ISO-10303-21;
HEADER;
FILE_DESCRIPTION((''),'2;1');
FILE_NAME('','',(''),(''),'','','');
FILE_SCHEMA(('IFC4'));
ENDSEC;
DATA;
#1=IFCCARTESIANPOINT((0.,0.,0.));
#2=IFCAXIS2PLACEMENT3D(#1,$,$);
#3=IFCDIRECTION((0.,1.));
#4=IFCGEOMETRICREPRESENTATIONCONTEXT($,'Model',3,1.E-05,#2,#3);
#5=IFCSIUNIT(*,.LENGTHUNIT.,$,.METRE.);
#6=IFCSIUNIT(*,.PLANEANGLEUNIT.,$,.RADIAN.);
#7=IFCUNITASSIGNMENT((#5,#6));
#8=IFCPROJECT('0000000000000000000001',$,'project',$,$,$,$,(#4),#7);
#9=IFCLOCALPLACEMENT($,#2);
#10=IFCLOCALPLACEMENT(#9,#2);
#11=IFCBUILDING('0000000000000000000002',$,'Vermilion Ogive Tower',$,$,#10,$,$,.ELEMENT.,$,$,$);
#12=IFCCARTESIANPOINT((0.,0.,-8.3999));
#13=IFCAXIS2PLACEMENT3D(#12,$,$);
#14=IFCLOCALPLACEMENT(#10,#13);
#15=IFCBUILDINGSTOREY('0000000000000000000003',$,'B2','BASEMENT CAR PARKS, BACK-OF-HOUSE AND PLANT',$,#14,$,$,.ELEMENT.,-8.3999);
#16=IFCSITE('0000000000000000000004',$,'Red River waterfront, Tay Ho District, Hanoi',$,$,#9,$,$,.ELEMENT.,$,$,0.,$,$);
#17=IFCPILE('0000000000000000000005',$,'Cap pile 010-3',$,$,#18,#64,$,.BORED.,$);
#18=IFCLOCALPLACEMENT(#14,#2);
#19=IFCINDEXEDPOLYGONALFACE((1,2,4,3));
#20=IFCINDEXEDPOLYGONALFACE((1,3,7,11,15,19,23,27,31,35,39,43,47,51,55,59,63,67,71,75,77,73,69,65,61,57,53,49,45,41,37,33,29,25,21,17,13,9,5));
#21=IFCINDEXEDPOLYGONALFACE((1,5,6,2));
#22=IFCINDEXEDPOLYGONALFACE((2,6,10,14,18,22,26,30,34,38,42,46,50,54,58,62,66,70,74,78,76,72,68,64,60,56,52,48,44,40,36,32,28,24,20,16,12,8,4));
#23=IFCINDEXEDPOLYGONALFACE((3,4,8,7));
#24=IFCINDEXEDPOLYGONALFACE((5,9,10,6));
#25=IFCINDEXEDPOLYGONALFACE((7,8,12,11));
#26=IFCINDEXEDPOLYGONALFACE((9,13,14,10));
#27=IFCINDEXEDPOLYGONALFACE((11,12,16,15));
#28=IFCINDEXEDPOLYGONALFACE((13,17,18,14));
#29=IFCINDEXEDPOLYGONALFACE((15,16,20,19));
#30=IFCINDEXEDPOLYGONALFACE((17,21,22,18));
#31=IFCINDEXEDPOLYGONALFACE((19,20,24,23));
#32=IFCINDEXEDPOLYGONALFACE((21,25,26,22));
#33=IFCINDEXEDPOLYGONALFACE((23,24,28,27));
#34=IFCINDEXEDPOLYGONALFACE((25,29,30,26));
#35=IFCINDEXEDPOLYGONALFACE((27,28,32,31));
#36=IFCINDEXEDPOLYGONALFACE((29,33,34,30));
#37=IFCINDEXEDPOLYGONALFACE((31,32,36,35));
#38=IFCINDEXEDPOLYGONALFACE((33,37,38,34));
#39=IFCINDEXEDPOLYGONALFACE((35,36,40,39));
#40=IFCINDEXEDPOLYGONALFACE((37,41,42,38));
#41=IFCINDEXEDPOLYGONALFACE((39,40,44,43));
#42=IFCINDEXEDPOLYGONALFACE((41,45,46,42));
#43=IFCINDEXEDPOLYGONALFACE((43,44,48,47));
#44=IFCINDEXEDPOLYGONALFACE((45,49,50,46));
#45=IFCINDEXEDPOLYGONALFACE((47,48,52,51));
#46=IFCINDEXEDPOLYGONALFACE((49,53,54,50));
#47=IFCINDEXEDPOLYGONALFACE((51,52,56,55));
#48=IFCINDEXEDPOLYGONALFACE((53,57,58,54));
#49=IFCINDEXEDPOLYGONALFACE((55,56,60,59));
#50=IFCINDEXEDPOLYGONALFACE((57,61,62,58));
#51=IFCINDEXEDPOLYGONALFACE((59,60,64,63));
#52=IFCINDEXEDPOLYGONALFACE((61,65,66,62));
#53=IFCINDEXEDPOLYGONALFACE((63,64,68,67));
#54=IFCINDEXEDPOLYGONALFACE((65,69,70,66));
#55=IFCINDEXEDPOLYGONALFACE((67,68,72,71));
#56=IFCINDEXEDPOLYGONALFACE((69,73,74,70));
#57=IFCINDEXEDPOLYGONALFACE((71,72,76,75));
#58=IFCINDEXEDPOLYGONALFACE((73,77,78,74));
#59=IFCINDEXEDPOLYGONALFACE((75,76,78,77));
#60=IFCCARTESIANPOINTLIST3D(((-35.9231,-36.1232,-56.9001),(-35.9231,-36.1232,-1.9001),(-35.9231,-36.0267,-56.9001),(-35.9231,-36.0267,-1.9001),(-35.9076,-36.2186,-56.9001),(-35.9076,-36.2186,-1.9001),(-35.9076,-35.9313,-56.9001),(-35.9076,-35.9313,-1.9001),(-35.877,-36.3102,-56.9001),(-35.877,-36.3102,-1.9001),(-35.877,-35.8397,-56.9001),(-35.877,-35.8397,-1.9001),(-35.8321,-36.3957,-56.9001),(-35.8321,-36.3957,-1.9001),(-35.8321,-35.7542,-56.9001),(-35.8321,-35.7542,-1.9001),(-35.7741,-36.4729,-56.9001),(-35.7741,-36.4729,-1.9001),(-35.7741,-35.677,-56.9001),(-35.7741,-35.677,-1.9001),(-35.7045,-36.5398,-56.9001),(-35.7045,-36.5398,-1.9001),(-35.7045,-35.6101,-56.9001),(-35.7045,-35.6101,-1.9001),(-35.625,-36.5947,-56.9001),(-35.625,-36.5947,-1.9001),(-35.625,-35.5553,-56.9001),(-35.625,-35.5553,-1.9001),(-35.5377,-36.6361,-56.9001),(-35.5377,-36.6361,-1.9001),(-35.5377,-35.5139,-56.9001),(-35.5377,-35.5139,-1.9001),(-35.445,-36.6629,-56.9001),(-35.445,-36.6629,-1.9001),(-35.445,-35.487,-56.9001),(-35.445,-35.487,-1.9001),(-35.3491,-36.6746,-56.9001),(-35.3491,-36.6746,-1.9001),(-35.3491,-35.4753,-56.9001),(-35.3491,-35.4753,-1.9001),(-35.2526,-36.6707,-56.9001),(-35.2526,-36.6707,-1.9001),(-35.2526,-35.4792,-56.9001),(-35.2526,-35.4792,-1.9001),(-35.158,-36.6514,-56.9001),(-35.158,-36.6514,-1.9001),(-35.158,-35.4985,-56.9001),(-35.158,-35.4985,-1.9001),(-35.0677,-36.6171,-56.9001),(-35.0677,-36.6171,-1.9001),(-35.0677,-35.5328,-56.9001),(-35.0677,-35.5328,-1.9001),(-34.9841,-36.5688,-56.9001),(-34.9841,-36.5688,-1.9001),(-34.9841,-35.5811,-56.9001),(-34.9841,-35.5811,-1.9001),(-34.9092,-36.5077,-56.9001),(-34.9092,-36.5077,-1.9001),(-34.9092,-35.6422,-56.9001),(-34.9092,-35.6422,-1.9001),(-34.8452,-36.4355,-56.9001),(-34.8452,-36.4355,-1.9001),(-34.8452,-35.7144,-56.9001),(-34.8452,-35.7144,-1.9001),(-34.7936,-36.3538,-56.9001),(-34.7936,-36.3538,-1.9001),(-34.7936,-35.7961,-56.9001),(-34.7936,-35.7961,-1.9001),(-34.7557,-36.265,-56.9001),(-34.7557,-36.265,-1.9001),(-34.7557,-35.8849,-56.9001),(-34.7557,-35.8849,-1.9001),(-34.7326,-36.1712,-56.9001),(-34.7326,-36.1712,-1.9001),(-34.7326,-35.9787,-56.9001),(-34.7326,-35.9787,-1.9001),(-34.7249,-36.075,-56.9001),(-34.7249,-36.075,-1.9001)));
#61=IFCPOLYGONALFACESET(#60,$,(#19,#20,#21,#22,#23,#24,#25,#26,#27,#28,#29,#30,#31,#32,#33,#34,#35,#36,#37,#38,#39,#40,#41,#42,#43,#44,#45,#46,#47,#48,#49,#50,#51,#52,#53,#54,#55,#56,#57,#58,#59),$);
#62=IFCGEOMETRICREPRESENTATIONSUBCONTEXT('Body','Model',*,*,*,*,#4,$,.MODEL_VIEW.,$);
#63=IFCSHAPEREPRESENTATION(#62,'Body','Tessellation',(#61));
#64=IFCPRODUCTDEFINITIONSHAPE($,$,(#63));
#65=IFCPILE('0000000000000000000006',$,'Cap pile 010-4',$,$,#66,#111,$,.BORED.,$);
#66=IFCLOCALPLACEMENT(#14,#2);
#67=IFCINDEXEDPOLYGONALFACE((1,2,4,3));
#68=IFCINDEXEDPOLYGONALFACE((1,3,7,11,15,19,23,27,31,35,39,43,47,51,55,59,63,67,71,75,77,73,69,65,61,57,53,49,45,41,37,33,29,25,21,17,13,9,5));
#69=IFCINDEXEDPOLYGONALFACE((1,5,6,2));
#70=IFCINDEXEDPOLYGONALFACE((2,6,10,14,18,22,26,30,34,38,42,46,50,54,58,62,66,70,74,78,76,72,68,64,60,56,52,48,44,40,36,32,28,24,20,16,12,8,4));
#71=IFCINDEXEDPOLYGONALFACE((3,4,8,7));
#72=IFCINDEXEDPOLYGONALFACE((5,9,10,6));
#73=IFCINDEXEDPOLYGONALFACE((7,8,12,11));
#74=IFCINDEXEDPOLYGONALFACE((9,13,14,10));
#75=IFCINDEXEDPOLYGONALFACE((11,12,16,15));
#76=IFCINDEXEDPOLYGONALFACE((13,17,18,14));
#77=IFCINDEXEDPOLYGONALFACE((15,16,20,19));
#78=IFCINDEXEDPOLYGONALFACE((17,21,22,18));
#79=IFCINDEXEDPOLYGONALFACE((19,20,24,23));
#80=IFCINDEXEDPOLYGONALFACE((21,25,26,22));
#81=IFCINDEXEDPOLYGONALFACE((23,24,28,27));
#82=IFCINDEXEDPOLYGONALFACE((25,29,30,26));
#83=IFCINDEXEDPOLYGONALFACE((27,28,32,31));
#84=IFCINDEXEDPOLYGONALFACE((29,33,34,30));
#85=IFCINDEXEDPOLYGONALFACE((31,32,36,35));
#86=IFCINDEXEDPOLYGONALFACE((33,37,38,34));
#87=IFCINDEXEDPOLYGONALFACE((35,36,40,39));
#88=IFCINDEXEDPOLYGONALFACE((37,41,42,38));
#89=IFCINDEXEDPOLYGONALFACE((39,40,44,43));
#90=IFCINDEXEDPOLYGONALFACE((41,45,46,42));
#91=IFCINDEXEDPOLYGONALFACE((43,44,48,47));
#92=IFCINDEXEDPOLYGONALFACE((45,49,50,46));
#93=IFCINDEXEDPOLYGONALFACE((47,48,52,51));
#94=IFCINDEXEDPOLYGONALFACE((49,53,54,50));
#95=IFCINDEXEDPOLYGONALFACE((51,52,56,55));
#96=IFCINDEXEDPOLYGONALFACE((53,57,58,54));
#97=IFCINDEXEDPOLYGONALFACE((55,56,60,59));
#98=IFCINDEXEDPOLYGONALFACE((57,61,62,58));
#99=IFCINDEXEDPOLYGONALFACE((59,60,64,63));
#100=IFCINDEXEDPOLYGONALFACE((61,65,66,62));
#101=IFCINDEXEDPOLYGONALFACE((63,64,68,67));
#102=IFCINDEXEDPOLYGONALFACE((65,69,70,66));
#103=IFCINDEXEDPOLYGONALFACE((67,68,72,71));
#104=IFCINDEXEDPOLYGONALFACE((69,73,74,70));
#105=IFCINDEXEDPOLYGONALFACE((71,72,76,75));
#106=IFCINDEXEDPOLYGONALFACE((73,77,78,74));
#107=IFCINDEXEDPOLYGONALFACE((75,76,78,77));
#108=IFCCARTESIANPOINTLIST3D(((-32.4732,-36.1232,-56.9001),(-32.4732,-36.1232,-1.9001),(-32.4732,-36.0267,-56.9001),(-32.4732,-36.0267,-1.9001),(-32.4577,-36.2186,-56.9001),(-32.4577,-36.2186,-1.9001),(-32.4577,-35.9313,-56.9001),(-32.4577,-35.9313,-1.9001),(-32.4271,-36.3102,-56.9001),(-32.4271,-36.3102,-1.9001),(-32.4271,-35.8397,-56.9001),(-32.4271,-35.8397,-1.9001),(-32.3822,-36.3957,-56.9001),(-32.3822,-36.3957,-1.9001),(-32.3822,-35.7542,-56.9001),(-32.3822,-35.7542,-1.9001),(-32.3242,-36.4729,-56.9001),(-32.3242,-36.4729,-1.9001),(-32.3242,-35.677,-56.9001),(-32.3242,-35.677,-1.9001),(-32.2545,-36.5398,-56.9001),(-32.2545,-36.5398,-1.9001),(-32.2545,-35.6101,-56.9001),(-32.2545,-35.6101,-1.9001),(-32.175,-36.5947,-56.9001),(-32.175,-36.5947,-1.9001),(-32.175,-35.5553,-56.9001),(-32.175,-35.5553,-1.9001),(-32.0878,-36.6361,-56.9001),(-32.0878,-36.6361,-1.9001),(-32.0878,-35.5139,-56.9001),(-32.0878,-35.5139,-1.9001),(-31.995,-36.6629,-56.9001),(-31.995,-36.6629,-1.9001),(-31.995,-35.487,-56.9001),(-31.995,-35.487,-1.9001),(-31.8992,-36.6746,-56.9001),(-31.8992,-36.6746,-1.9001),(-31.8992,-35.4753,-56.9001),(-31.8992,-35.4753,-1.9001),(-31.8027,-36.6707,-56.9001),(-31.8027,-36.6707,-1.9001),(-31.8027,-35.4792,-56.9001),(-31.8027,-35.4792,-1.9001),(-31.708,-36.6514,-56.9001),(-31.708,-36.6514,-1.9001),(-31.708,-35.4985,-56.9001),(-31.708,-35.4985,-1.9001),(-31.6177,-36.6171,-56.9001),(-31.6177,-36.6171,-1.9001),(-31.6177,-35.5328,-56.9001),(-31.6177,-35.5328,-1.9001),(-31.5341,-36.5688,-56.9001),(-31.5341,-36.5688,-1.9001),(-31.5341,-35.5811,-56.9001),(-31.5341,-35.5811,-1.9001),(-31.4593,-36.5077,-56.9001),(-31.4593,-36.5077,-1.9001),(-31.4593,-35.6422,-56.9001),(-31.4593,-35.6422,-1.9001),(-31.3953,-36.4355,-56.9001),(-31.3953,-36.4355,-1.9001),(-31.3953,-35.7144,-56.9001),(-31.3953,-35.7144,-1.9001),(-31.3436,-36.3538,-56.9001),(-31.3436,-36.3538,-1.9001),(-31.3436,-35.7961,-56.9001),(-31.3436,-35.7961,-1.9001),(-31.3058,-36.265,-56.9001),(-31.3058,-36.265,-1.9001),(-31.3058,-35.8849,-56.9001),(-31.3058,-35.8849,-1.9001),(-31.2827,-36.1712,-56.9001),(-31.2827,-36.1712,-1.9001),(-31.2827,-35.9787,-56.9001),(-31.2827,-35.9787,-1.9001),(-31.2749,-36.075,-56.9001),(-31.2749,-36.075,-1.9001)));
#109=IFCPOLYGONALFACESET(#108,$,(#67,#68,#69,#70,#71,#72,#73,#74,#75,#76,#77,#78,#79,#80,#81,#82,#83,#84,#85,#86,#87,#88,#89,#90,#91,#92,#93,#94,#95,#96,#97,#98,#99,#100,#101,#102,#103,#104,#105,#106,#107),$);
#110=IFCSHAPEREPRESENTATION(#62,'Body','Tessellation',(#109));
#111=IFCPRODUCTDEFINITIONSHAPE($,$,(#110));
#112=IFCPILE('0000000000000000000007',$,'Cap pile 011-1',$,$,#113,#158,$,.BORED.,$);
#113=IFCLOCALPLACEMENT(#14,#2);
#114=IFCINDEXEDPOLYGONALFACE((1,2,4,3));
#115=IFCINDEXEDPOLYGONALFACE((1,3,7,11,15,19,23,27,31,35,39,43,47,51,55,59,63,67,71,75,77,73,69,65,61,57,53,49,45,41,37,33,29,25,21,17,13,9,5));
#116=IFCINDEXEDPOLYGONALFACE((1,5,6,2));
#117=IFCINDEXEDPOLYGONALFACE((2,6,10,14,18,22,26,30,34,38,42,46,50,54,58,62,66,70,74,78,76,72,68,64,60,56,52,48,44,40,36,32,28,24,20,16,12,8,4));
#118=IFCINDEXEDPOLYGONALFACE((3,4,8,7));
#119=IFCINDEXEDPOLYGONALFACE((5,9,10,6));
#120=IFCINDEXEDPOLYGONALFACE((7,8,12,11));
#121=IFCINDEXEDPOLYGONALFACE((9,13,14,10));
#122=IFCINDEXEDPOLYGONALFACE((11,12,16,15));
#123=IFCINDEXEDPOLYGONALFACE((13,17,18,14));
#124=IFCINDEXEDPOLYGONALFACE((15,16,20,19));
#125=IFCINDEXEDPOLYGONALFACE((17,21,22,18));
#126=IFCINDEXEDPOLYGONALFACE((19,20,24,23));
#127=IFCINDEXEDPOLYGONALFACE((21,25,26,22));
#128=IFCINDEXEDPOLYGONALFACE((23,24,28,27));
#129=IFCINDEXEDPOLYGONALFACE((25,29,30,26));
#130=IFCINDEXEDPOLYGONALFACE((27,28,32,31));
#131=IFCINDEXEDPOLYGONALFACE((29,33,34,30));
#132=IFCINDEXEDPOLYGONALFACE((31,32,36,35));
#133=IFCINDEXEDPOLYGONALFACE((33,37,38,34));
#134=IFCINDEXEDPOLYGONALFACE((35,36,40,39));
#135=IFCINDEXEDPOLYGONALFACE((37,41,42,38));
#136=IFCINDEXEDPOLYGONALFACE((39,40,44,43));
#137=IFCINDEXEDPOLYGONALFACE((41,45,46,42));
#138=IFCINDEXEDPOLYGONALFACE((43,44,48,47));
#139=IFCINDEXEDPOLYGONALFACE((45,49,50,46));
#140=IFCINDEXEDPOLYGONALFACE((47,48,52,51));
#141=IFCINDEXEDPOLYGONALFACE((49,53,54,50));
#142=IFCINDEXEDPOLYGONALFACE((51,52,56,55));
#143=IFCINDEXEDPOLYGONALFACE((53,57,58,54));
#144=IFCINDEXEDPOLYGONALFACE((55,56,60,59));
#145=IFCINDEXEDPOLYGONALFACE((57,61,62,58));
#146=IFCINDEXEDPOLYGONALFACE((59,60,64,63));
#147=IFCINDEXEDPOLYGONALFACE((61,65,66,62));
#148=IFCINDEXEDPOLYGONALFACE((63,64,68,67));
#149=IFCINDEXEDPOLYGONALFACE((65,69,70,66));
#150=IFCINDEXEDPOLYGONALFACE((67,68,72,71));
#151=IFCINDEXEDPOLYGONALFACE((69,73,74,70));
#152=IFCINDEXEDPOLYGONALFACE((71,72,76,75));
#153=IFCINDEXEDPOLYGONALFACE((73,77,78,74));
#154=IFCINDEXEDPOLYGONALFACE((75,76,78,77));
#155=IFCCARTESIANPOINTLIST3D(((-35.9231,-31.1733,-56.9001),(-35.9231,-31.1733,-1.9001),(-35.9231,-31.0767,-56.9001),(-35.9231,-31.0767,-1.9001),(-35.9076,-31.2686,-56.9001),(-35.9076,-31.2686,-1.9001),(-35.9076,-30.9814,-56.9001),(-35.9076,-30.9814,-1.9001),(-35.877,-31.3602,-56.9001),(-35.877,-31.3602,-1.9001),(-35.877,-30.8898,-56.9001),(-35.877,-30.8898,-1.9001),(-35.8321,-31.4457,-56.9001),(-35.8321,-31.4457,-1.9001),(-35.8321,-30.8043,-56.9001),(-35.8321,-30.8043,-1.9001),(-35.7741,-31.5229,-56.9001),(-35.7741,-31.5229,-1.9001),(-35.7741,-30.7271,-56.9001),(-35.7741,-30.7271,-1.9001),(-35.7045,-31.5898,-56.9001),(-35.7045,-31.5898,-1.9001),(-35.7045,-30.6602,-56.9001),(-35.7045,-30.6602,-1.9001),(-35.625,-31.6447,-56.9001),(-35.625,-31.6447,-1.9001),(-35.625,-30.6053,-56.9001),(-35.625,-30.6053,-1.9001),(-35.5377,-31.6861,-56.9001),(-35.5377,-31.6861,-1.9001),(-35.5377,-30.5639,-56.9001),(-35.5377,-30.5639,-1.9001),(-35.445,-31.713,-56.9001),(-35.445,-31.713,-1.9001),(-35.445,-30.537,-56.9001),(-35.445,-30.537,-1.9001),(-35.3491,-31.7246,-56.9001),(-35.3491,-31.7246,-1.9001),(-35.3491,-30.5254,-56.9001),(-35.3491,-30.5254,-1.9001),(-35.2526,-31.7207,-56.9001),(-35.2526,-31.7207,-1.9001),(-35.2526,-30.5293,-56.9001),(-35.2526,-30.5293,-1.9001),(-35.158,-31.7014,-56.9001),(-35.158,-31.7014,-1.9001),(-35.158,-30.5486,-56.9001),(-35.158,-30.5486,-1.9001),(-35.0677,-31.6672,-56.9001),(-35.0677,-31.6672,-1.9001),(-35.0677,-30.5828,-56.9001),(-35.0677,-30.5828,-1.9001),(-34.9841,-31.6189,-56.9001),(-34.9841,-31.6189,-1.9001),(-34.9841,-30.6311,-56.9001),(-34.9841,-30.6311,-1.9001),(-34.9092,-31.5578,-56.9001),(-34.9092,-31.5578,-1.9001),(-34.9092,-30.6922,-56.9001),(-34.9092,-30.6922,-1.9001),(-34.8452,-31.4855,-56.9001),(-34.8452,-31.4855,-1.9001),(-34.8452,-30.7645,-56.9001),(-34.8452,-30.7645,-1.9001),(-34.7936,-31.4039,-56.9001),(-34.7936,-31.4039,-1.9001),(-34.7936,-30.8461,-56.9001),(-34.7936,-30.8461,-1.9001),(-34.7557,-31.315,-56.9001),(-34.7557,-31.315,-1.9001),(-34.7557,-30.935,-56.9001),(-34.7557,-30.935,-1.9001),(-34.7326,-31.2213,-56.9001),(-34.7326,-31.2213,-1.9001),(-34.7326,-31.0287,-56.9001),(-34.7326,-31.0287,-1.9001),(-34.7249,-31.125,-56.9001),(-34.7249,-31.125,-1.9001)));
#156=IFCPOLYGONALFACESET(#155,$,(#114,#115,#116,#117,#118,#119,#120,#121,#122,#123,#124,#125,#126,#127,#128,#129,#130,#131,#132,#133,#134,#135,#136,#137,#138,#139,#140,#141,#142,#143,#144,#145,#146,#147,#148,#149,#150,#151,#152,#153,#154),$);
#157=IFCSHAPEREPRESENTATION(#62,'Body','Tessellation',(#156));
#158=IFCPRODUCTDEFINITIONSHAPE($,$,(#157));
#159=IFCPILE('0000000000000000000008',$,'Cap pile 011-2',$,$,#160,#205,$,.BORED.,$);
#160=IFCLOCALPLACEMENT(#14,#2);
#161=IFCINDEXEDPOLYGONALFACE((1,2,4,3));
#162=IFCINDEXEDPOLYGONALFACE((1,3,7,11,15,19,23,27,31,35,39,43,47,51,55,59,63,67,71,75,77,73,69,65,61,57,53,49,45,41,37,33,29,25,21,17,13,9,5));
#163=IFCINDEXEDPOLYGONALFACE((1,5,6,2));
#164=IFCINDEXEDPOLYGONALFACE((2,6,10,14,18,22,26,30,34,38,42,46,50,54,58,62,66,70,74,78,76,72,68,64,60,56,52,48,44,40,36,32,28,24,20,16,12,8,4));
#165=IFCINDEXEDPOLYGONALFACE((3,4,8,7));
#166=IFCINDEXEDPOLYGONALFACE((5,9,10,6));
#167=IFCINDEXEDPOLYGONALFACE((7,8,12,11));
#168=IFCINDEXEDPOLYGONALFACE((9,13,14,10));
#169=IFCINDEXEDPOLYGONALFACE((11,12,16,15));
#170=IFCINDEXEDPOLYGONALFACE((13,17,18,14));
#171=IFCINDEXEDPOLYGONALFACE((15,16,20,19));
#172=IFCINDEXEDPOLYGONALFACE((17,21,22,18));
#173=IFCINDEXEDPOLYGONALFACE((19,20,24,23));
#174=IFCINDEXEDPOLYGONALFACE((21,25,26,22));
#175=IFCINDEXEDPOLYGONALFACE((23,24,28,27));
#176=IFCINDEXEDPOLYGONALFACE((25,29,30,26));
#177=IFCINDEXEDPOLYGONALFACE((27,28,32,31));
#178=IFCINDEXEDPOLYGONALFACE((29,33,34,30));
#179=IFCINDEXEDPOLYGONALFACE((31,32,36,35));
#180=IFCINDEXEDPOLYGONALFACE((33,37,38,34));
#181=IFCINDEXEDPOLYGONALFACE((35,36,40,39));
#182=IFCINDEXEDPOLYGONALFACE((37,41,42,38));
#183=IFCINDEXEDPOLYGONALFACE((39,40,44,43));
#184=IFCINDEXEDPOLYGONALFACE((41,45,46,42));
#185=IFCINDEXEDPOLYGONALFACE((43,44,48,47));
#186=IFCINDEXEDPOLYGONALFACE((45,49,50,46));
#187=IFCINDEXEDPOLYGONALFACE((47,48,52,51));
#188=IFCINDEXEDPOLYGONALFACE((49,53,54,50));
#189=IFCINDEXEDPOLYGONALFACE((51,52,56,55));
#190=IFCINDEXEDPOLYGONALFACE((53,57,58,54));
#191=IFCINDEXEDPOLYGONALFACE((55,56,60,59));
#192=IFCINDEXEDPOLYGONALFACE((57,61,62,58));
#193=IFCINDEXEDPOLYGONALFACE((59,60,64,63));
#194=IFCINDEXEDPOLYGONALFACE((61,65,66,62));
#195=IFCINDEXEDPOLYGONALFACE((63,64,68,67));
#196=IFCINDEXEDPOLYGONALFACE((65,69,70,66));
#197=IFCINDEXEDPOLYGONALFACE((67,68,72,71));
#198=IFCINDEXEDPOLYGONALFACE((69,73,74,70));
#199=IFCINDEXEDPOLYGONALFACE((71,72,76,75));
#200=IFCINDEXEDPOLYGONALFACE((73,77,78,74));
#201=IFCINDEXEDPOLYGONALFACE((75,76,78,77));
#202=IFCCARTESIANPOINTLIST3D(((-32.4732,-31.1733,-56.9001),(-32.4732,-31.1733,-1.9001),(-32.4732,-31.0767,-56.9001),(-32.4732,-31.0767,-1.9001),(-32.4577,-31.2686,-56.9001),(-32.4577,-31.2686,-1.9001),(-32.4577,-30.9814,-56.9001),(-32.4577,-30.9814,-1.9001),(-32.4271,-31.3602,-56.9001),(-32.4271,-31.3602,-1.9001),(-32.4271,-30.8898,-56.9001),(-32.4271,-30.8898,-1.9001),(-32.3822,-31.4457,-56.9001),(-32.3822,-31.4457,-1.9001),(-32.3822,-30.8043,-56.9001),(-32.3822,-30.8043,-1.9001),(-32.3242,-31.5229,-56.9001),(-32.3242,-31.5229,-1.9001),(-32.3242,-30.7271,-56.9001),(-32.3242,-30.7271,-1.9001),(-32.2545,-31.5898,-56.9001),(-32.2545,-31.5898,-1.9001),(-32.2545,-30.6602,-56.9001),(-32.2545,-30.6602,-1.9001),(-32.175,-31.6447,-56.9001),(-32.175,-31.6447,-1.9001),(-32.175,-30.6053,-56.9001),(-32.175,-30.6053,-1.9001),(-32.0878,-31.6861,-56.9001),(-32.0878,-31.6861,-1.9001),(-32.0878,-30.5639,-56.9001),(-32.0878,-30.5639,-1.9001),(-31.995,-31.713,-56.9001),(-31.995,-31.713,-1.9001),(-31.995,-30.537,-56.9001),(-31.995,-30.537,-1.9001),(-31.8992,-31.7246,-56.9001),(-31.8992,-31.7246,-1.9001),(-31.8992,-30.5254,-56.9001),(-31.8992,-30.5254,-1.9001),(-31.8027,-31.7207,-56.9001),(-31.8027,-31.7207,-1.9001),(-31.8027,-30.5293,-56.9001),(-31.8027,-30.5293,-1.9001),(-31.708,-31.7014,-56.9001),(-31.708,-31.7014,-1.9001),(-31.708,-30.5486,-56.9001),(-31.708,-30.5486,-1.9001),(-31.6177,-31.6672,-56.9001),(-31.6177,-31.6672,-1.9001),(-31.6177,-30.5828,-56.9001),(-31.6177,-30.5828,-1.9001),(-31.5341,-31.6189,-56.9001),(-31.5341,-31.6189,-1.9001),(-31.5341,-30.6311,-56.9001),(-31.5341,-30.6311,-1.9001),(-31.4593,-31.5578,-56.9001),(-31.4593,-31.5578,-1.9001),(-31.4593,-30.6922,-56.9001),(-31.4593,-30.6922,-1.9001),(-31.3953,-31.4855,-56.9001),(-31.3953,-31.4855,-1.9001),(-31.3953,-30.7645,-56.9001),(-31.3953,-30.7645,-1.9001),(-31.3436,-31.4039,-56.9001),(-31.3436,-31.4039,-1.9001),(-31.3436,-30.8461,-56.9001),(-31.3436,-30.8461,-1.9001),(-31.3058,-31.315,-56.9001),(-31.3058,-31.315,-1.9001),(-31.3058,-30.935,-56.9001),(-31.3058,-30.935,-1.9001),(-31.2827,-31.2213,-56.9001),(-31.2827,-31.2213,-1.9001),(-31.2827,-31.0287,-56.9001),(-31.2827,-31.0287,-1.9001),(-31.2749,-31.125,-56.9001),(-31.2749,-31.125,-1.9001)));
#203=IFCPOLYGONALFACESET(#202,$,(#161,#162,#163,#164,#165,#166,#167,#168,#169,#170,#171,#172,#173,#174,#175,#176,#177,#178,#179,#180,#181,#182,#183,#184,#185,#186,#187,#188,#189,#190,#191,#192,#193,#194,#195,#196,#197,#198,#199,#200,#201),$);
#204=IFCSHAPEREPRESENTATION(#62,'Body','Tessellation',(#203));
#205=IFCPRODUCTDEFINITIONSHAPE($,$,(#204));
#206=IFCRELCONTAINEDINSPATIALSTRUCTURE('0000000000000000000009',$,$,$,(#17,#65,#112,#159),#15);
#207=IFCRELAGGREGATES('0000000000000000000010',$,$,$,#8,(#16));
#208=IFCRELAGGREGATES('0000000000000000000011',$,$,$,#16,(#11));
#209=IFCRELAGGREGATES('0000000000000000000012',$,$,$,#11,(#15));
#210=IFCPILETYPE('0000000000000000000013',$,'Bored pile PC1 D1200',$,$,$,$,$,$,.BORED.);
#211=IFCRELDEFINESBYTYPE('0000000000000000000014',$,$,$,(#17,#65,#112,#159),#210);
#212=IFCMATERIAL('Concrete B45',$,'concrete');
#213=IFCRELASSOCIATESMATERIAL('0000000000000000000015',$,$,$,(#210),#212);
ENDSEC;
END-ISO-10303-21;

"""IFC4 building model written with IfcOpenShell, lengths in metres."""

from ifc_helpers import new_model, si_unit, direction, frame, origin, origin_2d, place, context, subcontext, project, spatial, circle, extrude, material, type_object, element, save


model = new_model("IFC4")

# Units and contexts
model_context = context("Model", 3, precision=1e-05, world=origin(), true_north=direction((0.0, 1.0)))
body_context = subcontext(model_context, "Body", "Model", "MODEL_VIEW")
ifc_project = project(units=[si_unit("LENGTHUNIT", "METRE"), si_unit("PLANEANGLEUNIT", "RADIAN")], contexts=[model_context])

# Site, building, storey
site_placement = place(None, origin())
site = spatial("IfcSite", under=ifc_project, at=site_placement, Name="Red River waterfront, Tay Ho District, Hanoi", CompositionType="ELEMENT", RefElevation=0.0)
building_placement = place(site_placement, origin())
building = spatial("IfcBuilding", under=site, at=building_placement, Name="Vermilion Ogive Tower", CompositionType="ELEMENT")
storey_placement = place(building_placement, frame((0.0, 0.0, -8.3999)))
storey = spatial("IfcBuildingStorey", under=building, at=storey_placement, Name="B2", Description="BASEMENT CAR PARKS, BACK-OF-HOUSE AND PLANT", CompositionType="ELEMENT", Elevation=-8.3999)

# Piles
ifc_material_1 = material(Name="Concrete B45", Category="concrete")
pile_type_1 = type_object("IfcPileType", Name="Bored pile PC1 D1200", PredefinedType="BORED", material=ifc_material_1)
for number, where, z_axis, x_axis, name in (
    (1, (-35.325, -36.075, -1.9001), (0.0, 0.0, -1.0), (1.0, 0.0, 0.0), "Cap pile 010-3"),
    (2, (-31.875, -36.075, -1.9001), (0.0, 0.0, -1.0), (1.0, 0.0, 0.0), "Cap pile 010-4"),
    (3, (-35.325, -31.125, -1.9001), (0.0, 0.0, -1.0), (1.0, 0.0, 0.0), "Cap pile 011-1"),
    (4, (-31.875, -31.125, -1.9001), (0.0, 0.0, -1.0), (1.0, 0.0, 0.0), "Cap pile 011-2"),
):
    element("IfcPile", number, at=place(storey_placement, frame(where, z_axis=z_axis, x_axis=x_axis)), inside=storey, type_object=pile_type_1, Name=name, PredefinedType="BORED", context=body_context, shape_type="SweptSolid", body=[
        extrude(circle(Radius=0.6001, at=origin_2d()), origin(), (0.0, 0.0, 1.0), 55.0),
    ])

save(model, "model.ifc")
